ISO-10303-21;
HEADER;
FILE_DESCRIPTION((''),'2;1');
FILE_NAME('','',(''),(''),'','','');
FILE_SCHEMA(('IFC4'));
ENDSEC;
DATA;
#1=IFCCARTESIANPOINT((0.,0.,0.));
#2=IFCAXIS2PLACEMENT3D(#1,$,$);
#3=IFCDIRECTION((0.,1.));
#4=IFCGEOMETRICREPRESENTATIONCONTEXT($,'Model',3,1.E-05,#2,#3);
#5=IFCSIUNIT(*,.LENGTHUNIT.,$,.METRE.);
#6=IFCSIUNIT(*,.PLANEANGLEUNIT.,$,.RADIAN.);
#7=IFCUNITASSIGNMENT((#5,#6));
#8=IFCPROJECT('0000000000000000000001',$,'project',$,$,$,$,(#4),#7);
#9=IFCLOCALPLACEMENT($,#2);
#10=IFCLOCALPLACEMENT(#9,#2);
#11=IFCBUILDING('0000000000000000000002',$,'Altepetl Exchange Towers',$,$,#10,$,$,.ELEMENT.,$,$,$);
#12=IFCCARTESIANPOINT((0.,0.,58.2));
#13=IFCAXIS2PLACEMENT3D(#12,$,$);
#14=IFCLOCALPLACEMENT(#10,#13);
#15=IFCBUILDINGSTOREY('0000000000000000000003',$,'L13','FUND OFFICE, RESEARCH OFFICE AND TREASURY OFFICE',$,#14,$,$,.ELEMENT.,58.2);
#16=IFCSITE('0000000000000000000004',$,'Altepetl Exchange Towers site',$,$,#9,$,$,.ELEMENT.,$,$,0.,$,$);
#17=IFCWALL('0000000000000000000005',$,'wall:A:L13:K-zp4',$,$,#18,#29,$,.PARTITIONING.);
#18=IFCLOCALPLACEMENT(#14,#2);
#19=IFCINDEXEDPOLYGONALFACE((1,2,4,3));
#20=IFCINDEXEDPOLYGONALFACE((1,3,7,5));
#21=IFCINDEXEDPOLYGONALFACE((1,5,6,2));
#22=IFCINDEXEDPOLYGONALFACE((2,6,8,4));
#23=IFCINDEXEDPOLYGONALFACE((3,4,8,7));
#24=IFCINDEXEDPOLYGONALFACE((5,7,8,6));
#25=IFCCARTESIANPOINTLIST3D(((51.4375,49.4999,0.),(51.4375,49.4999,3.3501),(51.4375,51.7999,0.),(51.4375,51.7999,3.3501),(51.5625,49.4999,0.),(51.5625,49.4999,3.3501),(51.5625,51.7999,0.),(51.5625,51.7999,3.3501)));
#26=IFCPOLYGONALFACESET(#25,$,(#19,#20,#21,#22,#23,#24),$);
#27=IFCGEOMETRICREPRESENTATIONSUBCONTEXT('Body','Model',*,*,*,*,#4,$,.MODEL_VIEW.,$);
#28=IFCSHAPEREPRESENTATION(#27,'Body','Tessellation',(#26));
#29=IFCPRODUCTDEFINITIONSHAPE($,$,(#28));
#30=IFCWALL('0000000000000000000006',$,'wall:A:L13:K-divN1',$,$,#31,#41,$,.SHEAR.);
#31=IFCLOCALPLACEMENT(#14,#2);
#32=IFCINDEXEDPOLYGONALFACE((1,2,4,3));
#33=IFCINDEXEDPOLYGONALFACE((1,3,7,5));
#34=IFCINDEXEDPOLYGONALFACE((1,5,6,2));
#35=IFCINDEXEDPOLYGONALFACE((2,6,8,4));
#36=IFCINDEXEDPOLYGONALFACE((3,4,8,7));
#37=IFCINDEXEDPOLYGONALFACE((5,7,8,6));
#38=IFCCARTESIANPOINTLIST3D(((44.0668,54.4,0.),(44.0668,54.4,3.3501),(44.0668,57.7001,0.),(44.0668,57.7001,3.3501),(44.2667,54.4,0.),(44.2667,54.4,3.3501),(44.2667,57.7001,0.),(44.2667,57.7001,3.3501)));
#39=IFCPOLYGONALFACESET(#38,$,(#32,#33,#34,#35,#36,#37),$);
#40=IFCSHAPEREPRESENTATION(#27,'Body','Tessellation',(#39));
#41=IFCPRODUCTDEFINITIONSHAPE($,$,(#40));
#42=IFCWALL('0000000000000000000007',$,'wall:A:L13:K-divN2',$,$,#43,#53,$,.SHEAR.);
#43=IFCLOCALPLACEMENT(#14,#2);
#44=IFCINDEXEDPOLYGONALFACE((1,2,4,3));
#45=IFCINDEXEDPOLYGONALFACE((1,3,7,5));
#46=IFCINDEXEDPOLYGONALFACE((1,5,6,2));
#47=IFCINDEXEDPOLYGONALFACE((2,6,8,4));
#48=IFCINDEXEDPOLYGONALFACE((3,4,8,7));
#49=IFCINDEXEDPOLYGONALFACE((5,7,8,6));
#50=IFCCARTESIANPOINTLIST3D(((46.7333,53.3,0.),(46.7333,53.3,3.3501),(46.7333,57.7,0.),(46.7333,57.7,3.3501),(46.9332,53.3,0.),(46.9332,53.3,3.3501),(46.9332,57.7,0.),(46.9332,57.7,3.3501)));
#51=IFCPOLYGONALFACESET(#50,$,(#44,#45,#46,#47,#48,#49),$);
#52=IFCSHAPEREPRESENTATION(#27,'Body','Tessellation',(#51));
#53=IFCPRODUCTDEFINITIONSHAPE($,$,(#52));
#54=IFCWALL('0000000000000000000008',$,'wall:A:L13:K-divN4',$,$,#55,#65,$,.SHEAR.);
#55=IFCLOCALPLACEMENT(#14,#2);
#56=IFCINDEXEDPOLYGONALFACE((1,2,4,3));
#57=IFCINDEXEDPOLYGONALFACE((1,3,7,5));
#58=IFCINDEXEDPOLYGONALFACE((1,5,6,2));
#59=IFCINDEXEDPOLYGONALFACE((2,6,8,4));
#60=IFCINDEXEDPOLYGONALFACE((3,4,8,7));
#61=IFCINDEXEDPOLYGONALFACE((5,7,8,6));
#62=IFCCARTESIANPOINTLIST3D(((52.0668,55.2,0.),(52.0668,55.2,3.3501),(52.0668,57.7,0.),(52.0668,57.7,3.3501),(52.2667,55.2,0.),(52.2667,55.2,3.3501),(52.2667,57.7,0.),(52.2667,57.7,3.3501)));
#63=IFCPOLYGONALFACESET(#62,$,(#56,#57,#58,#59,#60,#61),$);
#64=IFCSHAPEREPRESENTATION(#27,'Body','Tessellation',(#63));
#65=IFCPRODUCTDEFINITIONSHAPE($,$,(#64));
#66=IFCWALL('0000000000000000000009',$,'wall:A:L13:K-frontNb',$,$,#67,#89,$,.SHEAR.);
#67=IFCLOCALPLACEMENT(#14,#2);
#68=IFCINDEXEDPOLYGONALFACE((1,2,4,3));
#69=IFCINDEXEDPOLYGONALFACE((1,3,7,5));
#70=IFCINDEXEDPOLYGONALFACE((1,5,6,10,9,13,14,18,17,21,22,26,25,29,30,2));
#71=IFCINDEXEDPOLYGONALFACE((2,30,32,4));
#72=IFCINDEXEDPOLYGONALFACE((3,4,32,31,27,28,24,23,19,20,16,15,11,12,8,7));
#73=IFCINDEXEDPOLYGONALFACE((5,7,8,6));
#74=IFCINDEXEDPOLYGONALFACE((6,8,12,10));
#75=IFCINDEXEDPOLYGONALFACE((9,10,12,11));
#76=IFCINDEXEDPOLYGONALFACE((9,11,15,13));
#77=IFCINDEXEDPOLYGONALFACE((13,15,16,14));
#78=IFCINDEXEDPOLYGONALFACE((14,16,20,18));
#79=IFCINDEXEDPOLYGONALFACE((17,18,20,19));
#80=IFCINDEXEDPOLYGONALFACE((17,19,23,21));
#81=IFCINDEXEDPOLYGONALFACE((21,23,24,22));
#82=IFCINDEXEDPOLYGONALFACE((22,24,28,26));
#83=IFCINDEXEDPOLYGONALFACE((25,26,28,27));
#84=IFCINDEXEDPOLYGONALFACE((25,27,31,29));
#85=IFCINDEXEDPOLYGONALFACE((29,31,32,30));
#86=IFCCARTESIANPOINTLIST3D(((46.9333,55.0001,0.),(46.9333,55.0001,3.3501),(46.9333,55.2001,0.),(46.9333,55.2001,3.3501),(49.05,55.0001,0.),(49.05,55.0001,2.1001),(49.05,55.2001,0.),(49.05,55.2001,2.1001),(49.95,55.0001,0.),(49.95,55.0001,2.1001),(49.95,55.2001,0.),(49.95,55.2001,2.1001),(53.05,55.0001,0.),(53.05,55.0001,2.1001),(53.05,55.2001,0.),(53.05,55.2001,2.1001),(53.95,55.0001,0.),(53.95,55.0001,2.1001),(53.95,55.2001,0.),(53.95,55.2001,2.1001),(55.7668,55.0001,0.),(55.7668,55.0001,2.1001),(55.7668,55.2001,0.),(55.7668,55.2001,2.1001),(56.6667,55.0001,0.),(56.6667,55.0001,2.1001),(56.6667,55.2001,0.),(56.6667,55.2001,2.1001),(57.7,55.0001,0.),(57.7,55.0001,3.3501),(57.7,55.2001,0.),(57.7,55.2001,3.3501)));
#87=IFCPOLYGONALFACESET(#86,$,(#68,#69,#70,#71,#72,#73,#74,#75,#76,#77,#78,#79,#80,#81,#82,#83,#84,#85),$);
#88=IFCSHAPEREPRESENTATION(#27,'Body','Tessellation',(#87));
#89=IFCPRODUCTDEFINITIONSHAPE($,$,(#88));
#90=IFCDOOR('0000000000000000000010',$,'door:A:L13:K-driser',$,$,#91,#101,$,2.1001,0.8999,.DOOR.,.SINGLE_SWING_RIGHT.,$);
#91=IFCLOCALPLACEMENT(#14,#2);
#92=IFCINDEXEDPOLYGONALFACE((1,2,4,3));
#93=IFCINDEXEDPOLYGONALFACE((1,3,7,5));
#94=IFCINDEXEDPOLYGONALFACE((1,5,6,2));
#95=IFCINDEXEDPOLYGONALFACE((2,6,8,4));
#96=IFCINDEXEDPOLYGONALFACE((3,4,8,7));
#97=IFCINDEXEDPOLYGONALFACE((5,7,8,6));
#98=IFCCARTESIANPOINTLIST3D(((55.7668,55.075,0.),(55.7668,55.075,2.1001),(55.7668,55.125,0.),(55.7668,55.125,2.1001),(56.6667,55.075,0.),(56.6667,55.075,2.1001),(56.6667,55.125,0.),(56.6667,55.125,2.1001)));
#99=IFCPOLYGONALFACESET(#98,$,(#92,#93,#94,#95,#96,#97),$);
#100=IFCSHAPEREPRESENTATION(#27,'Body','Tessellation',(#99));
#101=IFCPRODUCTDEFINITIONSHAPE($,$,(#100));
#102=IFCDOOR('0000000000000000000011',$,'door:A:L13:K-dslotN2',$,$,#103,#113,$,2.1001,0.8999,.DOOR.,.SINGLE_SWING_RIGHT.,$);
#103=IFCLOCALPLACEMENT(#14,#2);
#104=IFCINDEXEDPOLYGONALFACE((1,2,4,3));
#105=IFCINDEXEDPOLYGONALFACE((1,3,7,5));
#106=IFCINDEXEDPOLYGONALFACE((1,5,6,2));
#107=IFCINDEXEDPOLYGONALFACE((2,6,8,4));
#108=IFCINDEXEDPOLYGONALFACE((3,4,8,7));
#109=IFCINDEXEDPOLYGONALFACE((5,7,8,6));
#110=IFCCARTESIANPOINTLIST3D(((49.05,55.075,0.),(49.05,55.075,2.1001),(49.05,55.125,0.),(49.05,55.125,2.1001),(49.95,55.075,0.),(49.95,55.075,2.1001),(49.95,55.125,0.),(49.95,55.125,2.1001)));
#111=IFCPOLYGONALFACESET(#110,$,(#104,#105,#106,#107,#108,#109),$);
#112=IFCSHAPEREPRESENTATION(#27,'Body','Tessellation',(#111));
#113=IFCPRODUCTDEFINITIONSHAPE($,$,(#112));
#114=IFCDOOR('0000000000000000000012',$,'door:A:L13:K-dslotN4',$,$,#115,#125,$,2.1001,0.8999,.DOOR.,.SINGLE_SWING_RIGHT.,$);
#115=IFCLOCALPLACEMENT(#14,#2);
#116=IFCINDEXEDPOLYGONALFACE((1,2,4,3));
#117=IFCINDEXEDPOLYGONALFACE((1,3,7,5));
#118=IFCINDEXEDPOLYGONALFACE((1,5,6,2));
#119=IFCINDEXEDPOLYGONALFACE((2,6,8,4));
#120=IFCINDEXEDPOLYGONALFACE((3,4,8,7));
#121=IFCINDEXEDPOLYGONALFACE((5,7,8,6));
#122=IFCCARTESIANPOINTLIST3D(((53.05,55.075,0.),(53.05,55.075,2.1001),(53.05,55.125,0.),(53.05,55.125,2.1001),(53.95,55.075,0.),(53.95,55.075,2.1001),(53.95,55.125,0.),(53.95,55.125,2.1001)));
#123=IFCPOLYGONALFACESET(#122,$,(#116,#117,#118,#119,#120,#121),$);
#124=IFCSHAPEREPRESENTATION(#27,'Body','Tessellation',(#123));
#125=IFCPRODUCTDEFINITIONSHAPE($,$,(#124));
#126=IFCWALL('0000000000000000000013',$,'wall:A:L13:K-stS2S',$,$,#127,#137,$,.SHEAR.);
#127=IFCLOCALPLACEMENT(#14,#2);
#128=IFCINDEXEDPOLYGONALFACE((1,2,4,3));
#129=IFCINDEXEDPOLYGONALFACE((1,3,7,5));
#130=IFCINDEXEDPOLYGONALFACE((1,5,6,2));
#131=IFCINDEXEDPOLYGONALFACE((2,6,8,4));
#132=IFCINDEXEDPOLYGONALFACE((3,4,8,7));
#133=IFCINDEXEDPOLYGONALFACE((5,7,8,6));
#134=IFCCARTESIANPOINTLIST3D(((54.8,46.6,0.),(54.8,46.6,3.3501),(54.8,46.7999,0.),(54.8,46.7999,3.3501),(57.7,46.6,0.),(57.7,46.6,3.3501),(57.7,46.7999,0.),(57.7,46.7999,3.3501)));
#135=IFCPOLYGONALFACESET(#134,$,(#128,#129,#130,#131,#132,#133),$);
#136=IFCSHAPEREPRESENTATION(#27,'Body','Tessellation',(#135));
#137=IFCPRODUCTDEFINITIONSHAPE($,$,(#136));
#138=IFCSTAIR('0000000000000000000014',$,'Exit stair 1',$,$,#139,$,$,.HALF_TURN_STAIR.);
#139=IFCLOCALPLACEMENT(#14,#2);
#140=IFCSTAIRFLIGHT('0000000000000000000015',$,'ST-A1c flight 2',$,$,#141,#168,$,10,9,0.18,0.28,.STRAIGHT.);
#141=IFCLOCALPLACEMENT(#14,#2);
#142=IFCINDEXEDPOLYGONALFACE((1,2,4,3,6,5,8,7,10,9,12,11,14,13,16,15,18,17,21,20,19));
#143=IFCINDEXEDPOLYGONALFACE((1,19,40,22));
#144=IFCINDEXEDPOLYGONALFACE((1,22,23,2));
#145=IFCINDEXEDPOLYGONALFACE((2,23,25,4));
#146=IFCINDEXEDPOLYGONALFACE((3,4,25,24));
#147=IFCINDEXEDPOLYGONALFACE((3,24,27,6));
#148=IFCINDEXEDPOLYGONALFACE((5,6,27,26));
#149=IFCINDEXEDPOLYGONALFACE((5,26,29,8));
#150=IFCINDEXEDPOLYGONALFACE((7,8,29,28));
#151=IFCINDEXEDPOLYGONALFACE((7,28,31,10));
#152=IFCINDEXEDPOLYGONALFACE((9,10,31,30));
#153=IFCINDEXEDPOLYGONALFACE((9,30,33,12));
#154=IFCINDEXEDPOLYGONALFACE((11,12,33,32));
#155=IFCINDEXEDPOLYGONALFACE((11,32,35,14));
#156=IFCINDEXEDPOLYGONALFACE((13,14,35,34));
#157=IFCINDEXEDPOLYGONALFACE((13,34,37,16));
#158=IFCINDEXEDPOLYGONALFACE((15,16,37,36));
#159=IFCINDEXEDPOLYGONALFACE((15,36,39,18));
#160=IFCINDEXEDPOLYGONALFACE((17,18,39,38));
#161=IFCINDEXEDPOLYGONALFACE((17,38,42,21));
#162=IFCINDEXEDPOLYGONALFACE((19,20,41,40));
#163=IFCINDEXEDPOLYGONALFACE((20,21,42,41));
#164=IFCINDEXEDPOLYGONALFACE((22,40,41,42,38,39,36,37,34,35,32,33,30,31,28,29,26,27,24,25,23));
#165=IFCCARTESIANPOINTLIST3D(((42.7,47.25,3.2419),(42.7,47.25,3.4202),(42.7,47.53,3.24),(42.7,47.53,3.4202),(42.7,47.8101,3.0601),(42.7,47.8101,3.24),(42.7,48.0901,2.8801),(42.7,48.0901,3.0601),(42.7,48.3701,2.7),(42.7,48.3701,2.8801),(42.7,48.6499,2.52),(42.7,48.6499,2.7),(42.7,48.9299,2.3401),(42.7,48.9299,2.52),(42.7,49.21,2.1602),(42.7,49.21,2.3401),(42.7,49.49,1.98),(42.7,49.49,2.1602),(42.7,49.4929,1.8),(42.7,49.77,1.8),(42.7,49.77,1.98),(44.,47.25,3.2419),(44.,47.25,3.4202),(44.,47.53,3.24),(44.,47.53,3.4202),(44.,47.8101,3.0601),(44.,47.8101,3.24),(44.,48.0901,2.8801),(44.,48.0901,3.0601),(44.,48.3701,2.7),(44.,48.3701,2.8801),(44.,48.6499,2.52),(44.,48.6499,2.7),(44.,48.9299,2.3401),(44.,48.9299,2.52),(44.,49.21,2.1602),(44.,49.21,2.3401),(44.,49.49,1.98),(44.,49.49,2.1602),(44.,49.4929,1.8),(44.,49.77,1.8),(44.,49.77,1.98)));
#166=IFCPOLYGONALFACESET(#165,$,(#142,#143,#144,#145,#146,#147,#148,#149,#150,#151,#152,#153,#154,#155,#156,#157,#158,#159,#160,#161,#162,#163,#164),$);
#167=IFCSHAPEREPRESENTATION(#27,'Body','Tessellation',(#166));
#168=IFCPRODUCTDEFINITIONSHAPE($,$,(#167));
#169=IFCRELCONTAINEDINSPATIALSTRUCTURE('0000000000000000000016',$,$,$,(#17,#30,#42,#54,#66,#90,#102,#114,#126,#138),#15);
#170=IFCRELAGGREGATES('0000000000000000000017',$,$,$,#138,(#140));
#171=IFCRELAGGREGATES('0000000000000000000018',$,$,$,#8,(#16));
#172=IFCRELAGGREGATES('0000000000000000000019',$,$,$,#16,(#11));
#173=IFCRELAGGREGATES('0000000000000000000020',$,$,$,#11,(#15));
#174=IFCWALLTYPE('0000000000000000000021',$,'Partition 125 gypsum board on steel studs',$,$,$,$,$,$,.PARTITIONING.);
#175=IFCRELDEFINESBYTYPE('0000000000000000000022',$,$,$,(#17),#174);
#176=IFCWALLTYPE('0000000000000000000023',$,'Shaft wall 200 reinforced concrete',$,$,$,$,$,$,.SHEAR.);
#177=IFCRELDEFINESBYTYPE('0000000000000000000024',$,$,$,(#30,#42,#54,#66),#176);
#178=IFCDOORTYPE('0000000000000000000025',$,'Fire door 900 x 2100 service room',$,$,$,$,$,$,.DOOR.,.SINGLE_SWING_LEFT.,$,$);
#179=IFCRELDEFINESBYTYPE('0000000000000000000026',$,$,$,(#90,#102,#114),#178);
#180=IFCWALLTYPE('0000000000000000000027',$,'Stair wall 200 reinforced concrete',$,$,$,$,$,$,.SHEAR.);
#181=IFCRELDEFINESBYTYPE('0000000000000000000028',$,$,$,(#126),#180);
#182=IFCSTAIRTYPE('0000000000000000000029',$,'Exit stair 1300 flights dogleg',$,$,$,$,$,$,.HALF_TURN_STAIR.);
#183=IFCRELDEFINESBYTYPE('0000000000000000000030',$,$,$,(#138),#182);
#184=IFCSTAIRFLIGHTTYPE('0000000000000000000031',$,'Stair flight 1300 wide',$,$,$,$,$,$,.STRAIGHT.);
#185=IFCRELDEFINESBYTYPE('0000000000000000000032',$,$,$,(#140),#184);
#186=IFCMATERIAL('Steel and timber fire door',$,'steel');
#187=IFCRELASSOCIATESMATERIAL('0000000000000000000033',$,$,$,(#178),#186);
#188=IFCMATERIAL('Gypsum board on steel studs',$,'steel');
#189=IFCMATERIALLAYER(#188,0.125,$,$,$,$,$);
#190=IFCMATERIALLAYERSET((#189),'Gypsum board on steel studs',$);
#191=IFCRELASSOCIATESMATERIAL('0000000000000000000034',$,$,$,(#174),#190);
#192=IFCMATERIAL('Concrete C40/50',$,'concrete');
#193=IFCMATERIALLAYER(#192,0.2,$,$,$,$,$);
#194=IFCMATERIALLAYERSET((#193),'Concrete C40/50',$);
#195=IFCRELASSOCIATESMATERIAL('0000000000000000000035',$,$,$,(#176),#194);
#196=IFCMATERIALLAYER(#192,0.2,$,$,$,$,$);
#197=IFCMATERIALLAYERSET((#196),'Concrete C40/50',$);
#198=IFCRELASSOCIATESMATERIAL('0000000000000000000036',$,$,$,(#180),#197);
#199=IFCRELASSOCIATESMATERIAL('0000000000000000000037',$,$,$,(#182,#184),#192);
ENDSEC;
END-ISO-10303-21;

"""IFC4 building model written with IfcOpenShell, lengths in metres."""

from ifc_helpers import new_model, si_unit, direction, frame, frame_2d, origin, place, context, subcontext, project, spatial, polyline, rectangle, outline, extrude, material, layer, layer_set, type_object, element, fill, aggregate, save


model = new_model("IFC4")

# Units and contexts
model_context = context("Model", 3, precision=1e-05, world=origin(), true_north=direction((0.0, 1.0)))
body_context = subcontext(model_context, "Body", "Model", "MODEL_VIEW")
ifc_project = project(units=[si_unit("LENGTHUNIT", "METRE"), si_unit("PLANEANGLEUNIT", "RADIAN")], contexts=[model_context])

# Site, building, storey
site_placement = place(None, origin())
site = spatial("IfcSite", under=ifc_project, at=site_placement, Name="Altepetl Exchange Towers site", CompositionType="ELEMENT", RefElevation=0.0)
building_placement = place(site_placement, origin())
building = spatial("IfcBuilding", under=site, at=building_placement, Name="Altepetl Exchange Towers", CompositionType="ELEMENT")
storey_placement = place(building_placement, frame((0.0, 0.0, 58.2)))
storey = spatial("IfcBuildingStorey", under=building, at=storey_placement, Name="L13", Description="FUND OFFICE, RESEARCH OFFICE AND TREASURY OFFICE", CompositionType="ELEMENT", Elevation=58.2)

# Shared definitions
ifc_material_1 = material(Name="Steel and timber fire door", Category="steel")
door_type_1 = type_object("IfcDoorType", Name="Fire door 900 x 2100 service room", OperationType="SINGLE_SWING_LEFT", PredefinedType="DOOR", material=ifc_material_1)

# Walls
ifc_material_2 = material(Name="Gypsum board on steel studs", Category="steel")
ifc_layer_1 = layer(ifc_material_2, 0.125)
ifc_layer_set_1 = layer_set([ifc_layer_1], Name="Gypsum board on steel studs")
wall_type_1 = type_object("IfcWallType", Name="Partition 125 gypsum board on steel studs", PredefinedType="PARTITIONING", material=ifc_layer_set_1)
wall_1_placement = place(storey_placement, frame((51.5, 49.5, 0.0), z_axis=(0.0, 0.0, 1.0), x_axis=(0.0, 1.0, 0.0)))
element("IfcWall", 1, at=wall_1_placement, inside=storey, type_object=wall_type_1, Name="wall:A:L13:K-zp4", PredefinedType="PARTITIONING", context=body_context, shape_type="SweptSolid", body=[
    extrude(rectangle(XDim=2.3, YDim=0.125, at=frame_2d((1.1499, 0.0))), origin(), (0.0, 0.0, 1.0), 3.3501),
])
ifc_material_3 = material(Name="Concrete C40/50", Category="concrete")
ifc_layer_2 = layer(ifc_material_3, 0.2)
ifc_layer_set_2 = layer_set([ifc_layer_2], Name="Concrete C40/50")
wall_type_2 = type_object("IfcWallType", Name="Shaft wall 200 reinforced concrete", PredefinedType="SHEAR", material=ifc_layer_set_2)
wall_2_placement = place(storey_placement, frame((44.1667, 57.7, 0.0), z_axis=(0.0, 0.0, 1.0), x_axis=(0.0, -1.0, 0.0)))
element("IfcWall", 2, at=wall_2_placement, inside=storey, type_object=wall_type_2, Name="wall:A:L13:K-divN1", PredefinedType="SHEAR", context=body_context, shape_type="SweptSolid", body=[
    extrude(rectangle(XDim=3.3, YDim=0.2, at=frame_2d((1.6499, 0.0))), origin(), (0.0, 0.0, 1.0), 3.3501),
])
wall_3_placement = place(storey_placement, frame((46.8333, 57.7, 0.0), z_axis=(0.0, 0.0, 1.0), x_axis=(0.0, -1.0, 0.0)))
element("IfcWall", 3, at=wall_3_placement, inside=storey, type_object=wall_type_2, Name="wall:A:L13:K-divN2", PredefinedType="SHEAR", context=body_context, shape_type="SweptSolid", body=[
    extrude(rectangle(XDim=4.3999, YDim=0.2, at=frame_2d((2.2, 0.0))), origin(), (0.0, 0.0, 1.0), 3.3501),
])
wall_4_placement = place(storey_placement, frame((52.1667, 57.7, 0.0), z_axis=(0.0, 0.0, 1.0), x_axis=(0.0, -1.0, 0.0)))
element("IfcWall", 4, at=wall_4_placement, inside=storey, type_object=wall_type_2, Name="wall:A:L13:K-divN4", PredefinedType="SHEAR", context=body_context, shape_type="SweptSolid", body=[
    extrude(rectangle(XDim=2.5, YDim=0.2, at=frame_2d((1.25, 0.0))), origin(), (0.0, 0.0, 1.0), 3.3501),
])

# Wall, openings, doors
wall_5_placement = place(storey_placement, frame((46.9333, 55.1001, 0.0)))
wall_5 = element("IfcWall", 5, at=wall_5_placement, inside=storey, type_object=wall_type_2, Name="wall:A:L13:K-frontNb", PredefinedType="SHEAR", context=body_context, shape_type="SweptSolid", body=[
    extrude(rectangle(XDim=10.7666, YDim=0.2, at=frame_2d((5.3833, 0.0))), origin(), (0.0, 0.0, 1.0), 3.3501),
])
opening_1_placement = place(wall_5_placement, frame((8.8335, 0.0, 0.0)))
opening_1 = element("IfcOpeningElement", 6, at=opening_1_placement, cuts=wall_5, PredefinedType="OPENING", context=body_context, shape_type="SweptSolid", body=[
    extrude(rectangle(XDim=0.8999, YDim=2.1001, at=frame_2d((0.45, 1.05))), frame((0.0, 0.1099, 0.0), z_axis=(0.0, -1.0, 0.0), x_axis=(1.0, 0.0, 0.0)), (0.0, 0.0, 1.0), 0.22),
])
opening_2_placement = place(wall_5_placement, frame((2.1167, 0.0, 0.0)))
opening_2 = element("IfcOpeningElement", 7, at=opening_2_placement, cuts=wall_5, PredefinedType="OPENING", context=body_context, shape_type="SweptSolid", body=[
    extrude(rectangle(XDim=0.8999, YDim=2.1001, at=frame_2d((0.45, 1.05))), frame((0.0, 0.1099, 0.0), z_axis=(0.0, -1.0, 0.0), x_axis=(1.0, 0.0, 0.0)), (0.0, 0.0, 1.0), 0.22),
])
opening_3_placement = place(wall_5_placement, frame((6.1167, 0.0, 0.0)))
opening_3 = element("IfcOpeningElement", 8, at=opening_3_placement, cuts=wall_5, PredefinedType="OPENING", context=body_context, shape_type="SweptSolid", body=[
    extrude(rectangle(XDim=0.8999, YDim=2.1001, at=frame_2d((0.45, 1.05))), frame((0.0, 0.1099, 0.0), z_axis=(0.0, -1.0, 0.0), x_axis=(1.0, 0.0, 0.0)), (0.0, 0.0, 1.0), 0.22),
])
door_1_placement = place(opening_1_placement, origin())
door_1 = element("IfcDoor", 9, at=door_1_placement, inside=storey, type_object=door_type_1, Name="door:A:L13:K-driser", OperationType="SINGLE_SWING_RIGHT", OverallHeight=2.1001, OverallWidth=0.8999, PredefinedType="DOOR", context=body_context, shape_type="SweptSolid", body=[
    extrude(rectangle(XDim=0.8999, YDim=2.1001, at=frame_2d((0.45, 1.05))), frame((0.0, 0.0249, 0.0), z_axis=(0.0, -1.0, 0.0), x_axis=(1.0, 0.0, 0.0)), (0.0, 0.0, 1.0), 0.05),
])
fill(opening_1, door_1)
door_2_placement = place(opening_2_placement, origin())
door_2 = element("IfcDoor", 10, at=door_2_placement, inside=storey, type_object=door_type_1, Name="door:A:L13:K-dslotN2", OperationType="SINGLE_SWING_RIGHT", OverallHeight=2.1001, OverallWidth=0.8999, PredefinedType="DOOR", context=body_context, shape_type="SweptSolid", body=[
    extrude(rectangle(XDim=0.8999, YDim=2.1001, at=frame_2d((0.45, 1.05))), frame((0.0, 0.0249, 0.0), z_axis=(0.0, -1.0, 0.0), x_axis=(1.0, 0.0, 0.0)), (0.0, 0.0, 1.0), 0.05),
])
fill(opening_2, door_2)
door_3_placement = place(opening_3_placement, origin())
door_3 = element("IfcDoor", 11, at=door_3_placement, inside=storey, type_object=door_type_1, Name="door:A:L13:K-dslotN4", OperationType="SINGLE_SWING_RIGHT", OverallHeight=2.1001, OverallWidth=0.8999, PredefinedType="DOOR", context=body_context, shape_type="SweptSolid", body=[
    extrude(rectangle(XDim=0.8999, YDim=2.1001, at=frame_2d((0.45, 1.05))), frame((0.0, 0.0249, 0.0), z_axis=(0.0, -1.0, 0.0), x_axis=(1.0, 0.0, 0.0)), (0.0, 0.0, 1.0), 0.05),
])
fill(opening_3, door_3)

# Wall
ifc_layer_3 = layer(ifc_material_3, 0.2)
ifc_layer_set_3 = layer_set([ifc_layer_3], Name="Concrete C40/50")
wall_type_3 = type_object("IfcWallType", Name="Stair wall 200 reinforced concrete", PredefinedType="SHEAR", material=ifc_layer_set_3)
wall_6_placement = place(storey_placement, frame((54.8, 46.7, 0.0)))
element("IfcWall", 12, at=wall_6_placement, inside=storey, type_object=wall_type_3, Name="wall:A:L13:K-stS2S", PredefinedType="SHEAR", context=body_context, shape_type="SweptSolid", body=[
    extrude(rectangle(XDim=2.8999, YDim=0.2, at=frame_2d((1.45, 0.0))), origin(), (0.0, 0.0, 1.0), 3.3501),
])

# Stair, stair flight
stair_type = type_object("IfcStairType", Name="Exit stair 1300 flights dogleg", PredefinedType="HALF_TURN_STAIR", material=ifc_material_3)
stair_placement = place(storey_placement, origin())
stair = element("IfcStair", 13, at=stair_placement, inside=storey, type_object=stair_type, Name="Exit stair 1", PredefinedType="HALF_TURN_STAIR")
stair_flight_type = type_object("IfcStairFlightType", Name="Stair flight 1300 wide", PredefinedType="STRAIGHT", material=ifc_material_3)
stair_flight_placement = place(storey_placement, frame((43.3501, 49.77, 1.8), z_axis=(0.0, 0.0, 1.0), x_axis=(0.0, -1.0, 0.0)))
stair_flight = element("IfcStairFlight", 14, at=stair_flight_placement, type_object=stair_flight_type, Name="ST-A1c flight 2", NumberOfRisers=10, NumberOfTreads=9, PredefinedType="STRAIGHT", RiserHeight=0.18, TreadLength=0.28, context=body_context, shape_type="SweptSolid", body=[
    extrude(outline(polyline([(0.0, 0.0), (0.0, 0.1799), (0.28, 0.1799), (0.28, 0.3601), (0.5601, 0.3601), (0.5601, 0.54), (0.8401, 0.54), (0.8401, 0.72), (1.1201, 0.72), (1.1201, 0.8999), (1.3999, 0.8999), (1.3999, 1.0801), (1.6799, 1.0801), (1.6799, 1.26), (1.96, 1.26), (1.96, 1.4399), (2.24, 1.4399), (2.24, 1.6201), (2.52, 1.6201), (2.52, 1.8), (2.52, 1.4419), (0.2771, 0.0), (0.0, 0.0)])), frame((0.0, 0.6499, 0.0), z_axis=(0.0, -1.0, 0.0), x_axis=(1.0, 0.0, 0.0)), (0.0, 0.0, 1.0), 1.3),
])
aggregate(stair, [stair_flight])

save(model, "model.ifc")
